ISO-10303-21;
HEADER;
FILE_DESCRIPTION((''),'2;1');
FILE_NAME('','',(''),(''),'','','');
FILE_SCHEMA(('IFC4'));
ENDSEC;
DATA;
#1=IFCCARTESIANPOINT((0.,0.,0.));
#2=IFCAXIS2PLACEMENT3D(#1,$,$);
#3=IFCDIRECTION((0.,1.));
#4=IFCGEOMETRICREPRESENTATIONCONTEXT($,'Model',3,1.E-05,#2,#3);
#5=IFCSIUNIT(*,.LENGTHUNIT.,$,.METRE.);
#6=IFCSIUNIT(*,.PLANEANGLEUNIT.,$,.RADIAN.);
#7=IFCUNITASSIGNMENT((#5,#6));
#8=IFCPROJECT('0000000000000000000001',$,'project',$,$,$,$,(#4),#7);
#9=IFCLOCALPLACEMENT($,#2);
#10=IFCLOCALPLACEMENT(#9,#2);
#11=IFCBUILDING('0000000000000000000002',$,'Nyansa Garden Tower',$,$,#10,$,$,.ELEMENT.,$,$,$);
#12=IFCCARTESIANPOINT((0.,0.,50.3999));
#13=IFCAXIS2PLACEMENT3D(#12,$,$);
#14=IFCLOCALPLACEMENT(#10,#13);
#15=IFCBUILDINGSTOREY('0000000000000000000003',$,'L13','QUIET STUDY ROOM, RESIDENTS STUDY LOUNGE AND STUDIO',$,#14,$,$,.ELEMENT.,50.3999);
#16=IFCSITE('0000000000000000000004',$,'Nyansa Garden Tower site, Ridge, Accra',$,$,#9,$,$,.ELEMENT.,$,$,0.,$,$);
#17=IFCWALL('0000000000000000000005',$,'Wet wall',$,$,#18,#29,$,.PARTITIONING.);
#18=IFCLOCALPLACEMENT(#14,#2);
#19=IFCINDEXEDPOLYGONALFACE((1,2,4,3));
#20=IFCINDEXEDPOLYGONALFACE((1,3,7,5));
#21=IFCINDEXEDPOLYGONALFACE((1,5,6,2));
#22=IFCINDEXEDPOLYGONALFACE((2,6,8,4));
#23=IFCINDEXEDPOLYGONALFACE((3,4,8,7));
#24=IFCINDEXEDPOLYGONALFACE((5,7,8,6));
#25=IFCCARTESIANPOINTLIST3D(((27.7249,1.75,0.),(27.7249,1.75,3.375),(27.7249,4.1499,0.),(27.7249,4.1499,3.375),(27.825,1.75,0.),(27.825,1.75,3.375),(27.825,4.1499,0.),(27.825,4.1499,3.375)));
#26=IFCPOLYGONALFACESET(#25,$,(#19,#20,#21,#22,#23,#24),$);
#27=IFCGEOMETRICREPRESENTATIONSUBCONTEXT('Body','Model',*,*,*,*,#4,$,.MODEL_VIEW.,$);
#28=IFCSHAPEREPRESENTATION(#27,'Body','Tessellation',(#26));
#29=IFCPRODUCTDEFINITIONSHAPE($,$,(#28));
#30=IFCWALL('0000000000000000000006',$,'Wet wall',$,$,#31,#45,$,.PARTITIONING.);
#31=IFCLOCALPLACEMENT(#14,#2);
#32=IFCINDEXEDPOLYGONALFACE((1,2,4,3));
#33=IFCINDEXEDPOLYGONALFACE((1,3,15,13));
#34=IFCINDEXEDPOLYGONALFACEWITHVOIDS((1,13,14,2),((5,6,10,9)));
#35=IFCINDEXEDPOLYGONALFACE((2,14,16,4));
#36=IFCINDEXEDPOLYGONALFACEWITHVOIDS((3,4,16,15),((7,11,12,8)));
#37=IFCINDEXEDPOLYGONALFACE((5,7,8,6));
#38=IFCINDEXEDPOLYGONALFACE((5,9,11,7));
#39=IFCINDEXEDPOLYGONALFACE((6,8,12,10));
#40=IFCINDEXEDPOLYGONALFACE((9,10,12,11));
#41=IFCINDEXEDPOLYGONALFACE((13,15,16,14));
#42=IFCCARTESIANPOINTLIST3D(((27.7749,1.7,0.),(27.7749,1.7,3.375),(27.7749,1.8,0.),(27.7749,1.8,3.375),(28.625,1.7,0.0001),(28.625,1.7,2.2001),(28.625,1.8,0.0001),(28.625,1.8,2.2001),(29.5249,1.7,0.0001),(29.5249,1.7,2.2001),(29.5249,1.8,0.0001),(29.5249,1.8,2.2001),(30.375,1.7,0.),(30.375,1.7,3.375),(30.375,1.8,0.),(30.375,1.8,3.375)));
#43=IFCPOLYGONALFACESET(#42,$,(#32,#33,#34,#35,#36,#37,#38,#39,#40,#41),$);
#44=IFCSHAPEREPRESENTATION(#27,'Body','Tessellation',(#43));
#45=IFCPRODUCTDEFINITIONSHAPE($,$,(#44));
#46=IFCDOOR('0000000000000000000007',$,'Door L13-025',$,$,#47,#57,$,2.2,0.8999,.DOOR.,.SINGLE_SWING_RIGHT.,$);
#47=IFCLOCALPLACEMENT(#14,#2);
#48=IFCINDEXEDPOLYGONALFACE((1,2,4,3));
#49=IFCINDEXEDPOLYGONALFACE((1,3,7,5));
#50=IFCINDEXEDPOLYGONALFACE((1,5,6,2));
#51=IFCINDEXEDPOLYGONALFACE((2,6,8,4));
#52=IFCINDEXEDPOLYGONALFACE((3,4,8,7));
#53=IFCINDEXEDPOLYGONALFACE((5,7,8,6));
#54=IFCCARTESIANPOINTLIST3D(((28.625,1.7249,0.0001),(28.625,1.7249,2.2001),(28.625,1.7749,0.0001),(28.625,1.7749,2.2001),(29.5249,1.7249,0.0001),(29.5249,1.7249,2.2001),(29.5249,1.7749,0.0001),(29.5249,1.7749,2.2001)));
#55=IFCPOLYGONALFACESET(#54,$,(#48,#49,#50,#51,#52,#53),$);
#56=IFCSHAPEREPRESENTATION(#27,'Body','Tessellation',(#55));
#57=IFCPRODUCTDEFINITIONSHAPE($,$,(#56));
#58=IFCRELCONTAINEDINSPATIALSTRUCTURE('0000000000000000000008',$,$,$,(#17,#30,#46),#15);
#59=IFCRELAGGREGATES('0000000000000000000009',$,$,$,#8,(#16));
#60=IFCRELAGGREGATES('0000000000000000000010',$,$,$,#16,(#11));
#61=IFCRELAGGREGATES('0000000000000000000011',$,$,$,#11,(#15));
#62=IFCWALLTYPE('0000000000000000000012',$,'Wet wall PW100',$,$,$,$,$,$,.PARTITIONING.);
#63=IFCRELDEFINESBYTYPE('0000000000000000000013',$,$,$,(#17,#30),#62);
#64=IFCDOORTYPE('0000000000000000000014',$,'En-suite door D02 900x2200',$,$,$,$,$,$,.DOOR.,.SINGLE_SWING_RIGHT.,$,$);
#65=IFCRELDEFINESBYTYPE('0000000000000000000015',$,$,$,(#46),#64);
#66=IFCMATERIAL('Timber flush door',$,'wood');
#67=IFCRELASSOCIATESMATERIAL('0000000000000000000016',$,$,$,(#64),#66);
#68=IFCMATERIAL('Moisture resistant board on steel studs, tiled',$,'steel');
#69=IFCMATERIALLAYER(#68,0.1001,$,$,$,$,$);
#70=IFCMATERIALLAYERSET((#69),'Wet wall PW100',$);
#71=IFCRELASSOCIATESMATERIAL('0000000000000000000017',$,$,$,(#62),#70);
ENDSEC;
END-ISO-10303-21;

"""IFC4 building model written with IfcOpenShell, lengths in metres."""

from ifc_helpers import new_model, si_unit, direction, frame, frame_2d, origin, place, context, subcontext, project, spatial, rectangle, extrude, material, layer, layer_set, type_object, element, fill, save


model = new_model("IFC4")

# Units and contexts
model_context = context("Model", 3, precision=1e-05, world=origin(), true_north=direction((0.0, 1.0)))
body_context = subcontext(model_context, "Body", "Model", "MODEL_VIEW")
ifc_project = project(units=[si_unit("LENGTHUNIT", "METRE"), si_unit("PLANEANGLEUNIT", "RADIAN")], contexts=[model_context])

# Site, building, storey
site_placement = place(None, origin())
site = spatial("IfcSite", under=ifc_project, at=site_placement, Name="Nyansa Garden Tower site, Ridge, Accra", CompositionType="ELEMENT", RefElevation=0.0)
building_placement = place(site_placement, origin())
building = spatial("IfcBuilding", under=site, at=building_placement, Name="Nyansa Garden Tower", CompositionType="ELEMENT")
storey_placement = place(building_placement, frame((0.0, 0.0, 50.3999)))
storey = spatial("IfcBuildingStorey", under=building, at=storey_placement, Name="L13", Description="QUIET STUDY ROOM, RESIDENTS STUDY LOUNGE AND STUDIO", CompositionType="ELEMENT", Elevation=50.3999)

# Shared definitions
ifc_material_1 = material(Name="Timber flush door", Category="wood")
door_type_1 = type_object("IfcDoorType", Name="En-suite door D02 900x2200", OperationType="SINGLE_SWING_RIGHT", PredefinedType="DOOR", material=ifc_material_1)

# Wall
ifc_material_2 = material(Name="Moisture resistant board on steel studs, tiled", Category="steel")
ifc_layer_1 = layer(ifc_material_2, 0.1001)
ifc_layer_set_1 = layer_set([ifc_layer_1], Name="Wet wall PW100")
wall_type_1 = type_object("IfcWallType", Name="Wet wall PW100", PredefinedType="PARTITIONING", material=ifc_layer_set_1)
wall_1_placement = place(storey_placement, frame((27.7749, 1.75, 0.0), z_axis=(0.0, 0.0, 1.0), x_axis=(0.0, 1.0, 0.0)))
element("IfcWall", 1, at=wall_1_placement, inside=storey, type_object=wall_type_1, Name="Wet wall", PredefinedType="PARTITIONING", context=body_context, shape_type="SweptSolid", body=[
    extrude(rectangle(XDim=2.3999, YDim=0.1001, at=frame_2d((1.2, 0.0))), origin(), (0.0, 0.0, 1.0), 3.375),
])

# Wall, opening, door
wall_2_placement = place(storey_placement, frame((27.7749, 1.75, 0.0), z_axis=(0.0, 0.0, 1.0), x_axis=(1.0, 0.0, 0.0)))
wall_2 = element("IfcWall", 2, at=wall_2_placement, inside=storey, type_object=wall_type_1, Name="Wet wall", PredefinedType="PARTITIONING", context=body_context, shape_type="SweptSolid", body=[
    extrude(rectangle(XDim=2.6001, YDim=0.1001, at=frame_2d((1.3, 0.0))), origin(), (0.0, 0.0, 1.0), 3.375),
])
opening_1_placement = place(wall_2_placement, frame((0.8501, 0.0, 0.0)))
opening_1 = element("IfcOpeningElement", 3, at=opening_1_placement, cuts=wall_2, PredefinedType="OPENING", context=body_context, shape_type="SweptSolid", body=[
    extrude(rectangle(XDim=0.8999, YDim=2.2, at=frame_2d((0.45, 1.1001))), frame((0.0, 0.0601, 0.0), z_axis=(0.0, -1.0, 0.0), x_axis=(1.0, 0.0, 0.0)), (0.0, 0.0, 1.0), 0.1201),
])
door_1_placement = place(opening_1_placement, origin())
door_1 = element("IfcDoor", 4, at=door_1_placement, inside=storey, type_object=door_type_1, Name="Door L13-025", OperationType="SINGLE_SWING_RIGHT", OverallHeight=2.2, OverallWidth=0.8999, PredefinedType="DOOR", context=body_context, shape_type="SweptSolid", body=[
    extrude(rectangle(XDim=0.8999, YDim=2.2, at=frame_2d((0.45, 1.1001))), frame((0.0, 0.0249, 0.0), z_axis=(0.0, -1.0, 0.0), x_axis=(1.0, 0.0, 0.0)), (0.0, 0.0, 1.0), 0.05),
])
fill(opening_1, door_1)

save(model, "model.ifc")
